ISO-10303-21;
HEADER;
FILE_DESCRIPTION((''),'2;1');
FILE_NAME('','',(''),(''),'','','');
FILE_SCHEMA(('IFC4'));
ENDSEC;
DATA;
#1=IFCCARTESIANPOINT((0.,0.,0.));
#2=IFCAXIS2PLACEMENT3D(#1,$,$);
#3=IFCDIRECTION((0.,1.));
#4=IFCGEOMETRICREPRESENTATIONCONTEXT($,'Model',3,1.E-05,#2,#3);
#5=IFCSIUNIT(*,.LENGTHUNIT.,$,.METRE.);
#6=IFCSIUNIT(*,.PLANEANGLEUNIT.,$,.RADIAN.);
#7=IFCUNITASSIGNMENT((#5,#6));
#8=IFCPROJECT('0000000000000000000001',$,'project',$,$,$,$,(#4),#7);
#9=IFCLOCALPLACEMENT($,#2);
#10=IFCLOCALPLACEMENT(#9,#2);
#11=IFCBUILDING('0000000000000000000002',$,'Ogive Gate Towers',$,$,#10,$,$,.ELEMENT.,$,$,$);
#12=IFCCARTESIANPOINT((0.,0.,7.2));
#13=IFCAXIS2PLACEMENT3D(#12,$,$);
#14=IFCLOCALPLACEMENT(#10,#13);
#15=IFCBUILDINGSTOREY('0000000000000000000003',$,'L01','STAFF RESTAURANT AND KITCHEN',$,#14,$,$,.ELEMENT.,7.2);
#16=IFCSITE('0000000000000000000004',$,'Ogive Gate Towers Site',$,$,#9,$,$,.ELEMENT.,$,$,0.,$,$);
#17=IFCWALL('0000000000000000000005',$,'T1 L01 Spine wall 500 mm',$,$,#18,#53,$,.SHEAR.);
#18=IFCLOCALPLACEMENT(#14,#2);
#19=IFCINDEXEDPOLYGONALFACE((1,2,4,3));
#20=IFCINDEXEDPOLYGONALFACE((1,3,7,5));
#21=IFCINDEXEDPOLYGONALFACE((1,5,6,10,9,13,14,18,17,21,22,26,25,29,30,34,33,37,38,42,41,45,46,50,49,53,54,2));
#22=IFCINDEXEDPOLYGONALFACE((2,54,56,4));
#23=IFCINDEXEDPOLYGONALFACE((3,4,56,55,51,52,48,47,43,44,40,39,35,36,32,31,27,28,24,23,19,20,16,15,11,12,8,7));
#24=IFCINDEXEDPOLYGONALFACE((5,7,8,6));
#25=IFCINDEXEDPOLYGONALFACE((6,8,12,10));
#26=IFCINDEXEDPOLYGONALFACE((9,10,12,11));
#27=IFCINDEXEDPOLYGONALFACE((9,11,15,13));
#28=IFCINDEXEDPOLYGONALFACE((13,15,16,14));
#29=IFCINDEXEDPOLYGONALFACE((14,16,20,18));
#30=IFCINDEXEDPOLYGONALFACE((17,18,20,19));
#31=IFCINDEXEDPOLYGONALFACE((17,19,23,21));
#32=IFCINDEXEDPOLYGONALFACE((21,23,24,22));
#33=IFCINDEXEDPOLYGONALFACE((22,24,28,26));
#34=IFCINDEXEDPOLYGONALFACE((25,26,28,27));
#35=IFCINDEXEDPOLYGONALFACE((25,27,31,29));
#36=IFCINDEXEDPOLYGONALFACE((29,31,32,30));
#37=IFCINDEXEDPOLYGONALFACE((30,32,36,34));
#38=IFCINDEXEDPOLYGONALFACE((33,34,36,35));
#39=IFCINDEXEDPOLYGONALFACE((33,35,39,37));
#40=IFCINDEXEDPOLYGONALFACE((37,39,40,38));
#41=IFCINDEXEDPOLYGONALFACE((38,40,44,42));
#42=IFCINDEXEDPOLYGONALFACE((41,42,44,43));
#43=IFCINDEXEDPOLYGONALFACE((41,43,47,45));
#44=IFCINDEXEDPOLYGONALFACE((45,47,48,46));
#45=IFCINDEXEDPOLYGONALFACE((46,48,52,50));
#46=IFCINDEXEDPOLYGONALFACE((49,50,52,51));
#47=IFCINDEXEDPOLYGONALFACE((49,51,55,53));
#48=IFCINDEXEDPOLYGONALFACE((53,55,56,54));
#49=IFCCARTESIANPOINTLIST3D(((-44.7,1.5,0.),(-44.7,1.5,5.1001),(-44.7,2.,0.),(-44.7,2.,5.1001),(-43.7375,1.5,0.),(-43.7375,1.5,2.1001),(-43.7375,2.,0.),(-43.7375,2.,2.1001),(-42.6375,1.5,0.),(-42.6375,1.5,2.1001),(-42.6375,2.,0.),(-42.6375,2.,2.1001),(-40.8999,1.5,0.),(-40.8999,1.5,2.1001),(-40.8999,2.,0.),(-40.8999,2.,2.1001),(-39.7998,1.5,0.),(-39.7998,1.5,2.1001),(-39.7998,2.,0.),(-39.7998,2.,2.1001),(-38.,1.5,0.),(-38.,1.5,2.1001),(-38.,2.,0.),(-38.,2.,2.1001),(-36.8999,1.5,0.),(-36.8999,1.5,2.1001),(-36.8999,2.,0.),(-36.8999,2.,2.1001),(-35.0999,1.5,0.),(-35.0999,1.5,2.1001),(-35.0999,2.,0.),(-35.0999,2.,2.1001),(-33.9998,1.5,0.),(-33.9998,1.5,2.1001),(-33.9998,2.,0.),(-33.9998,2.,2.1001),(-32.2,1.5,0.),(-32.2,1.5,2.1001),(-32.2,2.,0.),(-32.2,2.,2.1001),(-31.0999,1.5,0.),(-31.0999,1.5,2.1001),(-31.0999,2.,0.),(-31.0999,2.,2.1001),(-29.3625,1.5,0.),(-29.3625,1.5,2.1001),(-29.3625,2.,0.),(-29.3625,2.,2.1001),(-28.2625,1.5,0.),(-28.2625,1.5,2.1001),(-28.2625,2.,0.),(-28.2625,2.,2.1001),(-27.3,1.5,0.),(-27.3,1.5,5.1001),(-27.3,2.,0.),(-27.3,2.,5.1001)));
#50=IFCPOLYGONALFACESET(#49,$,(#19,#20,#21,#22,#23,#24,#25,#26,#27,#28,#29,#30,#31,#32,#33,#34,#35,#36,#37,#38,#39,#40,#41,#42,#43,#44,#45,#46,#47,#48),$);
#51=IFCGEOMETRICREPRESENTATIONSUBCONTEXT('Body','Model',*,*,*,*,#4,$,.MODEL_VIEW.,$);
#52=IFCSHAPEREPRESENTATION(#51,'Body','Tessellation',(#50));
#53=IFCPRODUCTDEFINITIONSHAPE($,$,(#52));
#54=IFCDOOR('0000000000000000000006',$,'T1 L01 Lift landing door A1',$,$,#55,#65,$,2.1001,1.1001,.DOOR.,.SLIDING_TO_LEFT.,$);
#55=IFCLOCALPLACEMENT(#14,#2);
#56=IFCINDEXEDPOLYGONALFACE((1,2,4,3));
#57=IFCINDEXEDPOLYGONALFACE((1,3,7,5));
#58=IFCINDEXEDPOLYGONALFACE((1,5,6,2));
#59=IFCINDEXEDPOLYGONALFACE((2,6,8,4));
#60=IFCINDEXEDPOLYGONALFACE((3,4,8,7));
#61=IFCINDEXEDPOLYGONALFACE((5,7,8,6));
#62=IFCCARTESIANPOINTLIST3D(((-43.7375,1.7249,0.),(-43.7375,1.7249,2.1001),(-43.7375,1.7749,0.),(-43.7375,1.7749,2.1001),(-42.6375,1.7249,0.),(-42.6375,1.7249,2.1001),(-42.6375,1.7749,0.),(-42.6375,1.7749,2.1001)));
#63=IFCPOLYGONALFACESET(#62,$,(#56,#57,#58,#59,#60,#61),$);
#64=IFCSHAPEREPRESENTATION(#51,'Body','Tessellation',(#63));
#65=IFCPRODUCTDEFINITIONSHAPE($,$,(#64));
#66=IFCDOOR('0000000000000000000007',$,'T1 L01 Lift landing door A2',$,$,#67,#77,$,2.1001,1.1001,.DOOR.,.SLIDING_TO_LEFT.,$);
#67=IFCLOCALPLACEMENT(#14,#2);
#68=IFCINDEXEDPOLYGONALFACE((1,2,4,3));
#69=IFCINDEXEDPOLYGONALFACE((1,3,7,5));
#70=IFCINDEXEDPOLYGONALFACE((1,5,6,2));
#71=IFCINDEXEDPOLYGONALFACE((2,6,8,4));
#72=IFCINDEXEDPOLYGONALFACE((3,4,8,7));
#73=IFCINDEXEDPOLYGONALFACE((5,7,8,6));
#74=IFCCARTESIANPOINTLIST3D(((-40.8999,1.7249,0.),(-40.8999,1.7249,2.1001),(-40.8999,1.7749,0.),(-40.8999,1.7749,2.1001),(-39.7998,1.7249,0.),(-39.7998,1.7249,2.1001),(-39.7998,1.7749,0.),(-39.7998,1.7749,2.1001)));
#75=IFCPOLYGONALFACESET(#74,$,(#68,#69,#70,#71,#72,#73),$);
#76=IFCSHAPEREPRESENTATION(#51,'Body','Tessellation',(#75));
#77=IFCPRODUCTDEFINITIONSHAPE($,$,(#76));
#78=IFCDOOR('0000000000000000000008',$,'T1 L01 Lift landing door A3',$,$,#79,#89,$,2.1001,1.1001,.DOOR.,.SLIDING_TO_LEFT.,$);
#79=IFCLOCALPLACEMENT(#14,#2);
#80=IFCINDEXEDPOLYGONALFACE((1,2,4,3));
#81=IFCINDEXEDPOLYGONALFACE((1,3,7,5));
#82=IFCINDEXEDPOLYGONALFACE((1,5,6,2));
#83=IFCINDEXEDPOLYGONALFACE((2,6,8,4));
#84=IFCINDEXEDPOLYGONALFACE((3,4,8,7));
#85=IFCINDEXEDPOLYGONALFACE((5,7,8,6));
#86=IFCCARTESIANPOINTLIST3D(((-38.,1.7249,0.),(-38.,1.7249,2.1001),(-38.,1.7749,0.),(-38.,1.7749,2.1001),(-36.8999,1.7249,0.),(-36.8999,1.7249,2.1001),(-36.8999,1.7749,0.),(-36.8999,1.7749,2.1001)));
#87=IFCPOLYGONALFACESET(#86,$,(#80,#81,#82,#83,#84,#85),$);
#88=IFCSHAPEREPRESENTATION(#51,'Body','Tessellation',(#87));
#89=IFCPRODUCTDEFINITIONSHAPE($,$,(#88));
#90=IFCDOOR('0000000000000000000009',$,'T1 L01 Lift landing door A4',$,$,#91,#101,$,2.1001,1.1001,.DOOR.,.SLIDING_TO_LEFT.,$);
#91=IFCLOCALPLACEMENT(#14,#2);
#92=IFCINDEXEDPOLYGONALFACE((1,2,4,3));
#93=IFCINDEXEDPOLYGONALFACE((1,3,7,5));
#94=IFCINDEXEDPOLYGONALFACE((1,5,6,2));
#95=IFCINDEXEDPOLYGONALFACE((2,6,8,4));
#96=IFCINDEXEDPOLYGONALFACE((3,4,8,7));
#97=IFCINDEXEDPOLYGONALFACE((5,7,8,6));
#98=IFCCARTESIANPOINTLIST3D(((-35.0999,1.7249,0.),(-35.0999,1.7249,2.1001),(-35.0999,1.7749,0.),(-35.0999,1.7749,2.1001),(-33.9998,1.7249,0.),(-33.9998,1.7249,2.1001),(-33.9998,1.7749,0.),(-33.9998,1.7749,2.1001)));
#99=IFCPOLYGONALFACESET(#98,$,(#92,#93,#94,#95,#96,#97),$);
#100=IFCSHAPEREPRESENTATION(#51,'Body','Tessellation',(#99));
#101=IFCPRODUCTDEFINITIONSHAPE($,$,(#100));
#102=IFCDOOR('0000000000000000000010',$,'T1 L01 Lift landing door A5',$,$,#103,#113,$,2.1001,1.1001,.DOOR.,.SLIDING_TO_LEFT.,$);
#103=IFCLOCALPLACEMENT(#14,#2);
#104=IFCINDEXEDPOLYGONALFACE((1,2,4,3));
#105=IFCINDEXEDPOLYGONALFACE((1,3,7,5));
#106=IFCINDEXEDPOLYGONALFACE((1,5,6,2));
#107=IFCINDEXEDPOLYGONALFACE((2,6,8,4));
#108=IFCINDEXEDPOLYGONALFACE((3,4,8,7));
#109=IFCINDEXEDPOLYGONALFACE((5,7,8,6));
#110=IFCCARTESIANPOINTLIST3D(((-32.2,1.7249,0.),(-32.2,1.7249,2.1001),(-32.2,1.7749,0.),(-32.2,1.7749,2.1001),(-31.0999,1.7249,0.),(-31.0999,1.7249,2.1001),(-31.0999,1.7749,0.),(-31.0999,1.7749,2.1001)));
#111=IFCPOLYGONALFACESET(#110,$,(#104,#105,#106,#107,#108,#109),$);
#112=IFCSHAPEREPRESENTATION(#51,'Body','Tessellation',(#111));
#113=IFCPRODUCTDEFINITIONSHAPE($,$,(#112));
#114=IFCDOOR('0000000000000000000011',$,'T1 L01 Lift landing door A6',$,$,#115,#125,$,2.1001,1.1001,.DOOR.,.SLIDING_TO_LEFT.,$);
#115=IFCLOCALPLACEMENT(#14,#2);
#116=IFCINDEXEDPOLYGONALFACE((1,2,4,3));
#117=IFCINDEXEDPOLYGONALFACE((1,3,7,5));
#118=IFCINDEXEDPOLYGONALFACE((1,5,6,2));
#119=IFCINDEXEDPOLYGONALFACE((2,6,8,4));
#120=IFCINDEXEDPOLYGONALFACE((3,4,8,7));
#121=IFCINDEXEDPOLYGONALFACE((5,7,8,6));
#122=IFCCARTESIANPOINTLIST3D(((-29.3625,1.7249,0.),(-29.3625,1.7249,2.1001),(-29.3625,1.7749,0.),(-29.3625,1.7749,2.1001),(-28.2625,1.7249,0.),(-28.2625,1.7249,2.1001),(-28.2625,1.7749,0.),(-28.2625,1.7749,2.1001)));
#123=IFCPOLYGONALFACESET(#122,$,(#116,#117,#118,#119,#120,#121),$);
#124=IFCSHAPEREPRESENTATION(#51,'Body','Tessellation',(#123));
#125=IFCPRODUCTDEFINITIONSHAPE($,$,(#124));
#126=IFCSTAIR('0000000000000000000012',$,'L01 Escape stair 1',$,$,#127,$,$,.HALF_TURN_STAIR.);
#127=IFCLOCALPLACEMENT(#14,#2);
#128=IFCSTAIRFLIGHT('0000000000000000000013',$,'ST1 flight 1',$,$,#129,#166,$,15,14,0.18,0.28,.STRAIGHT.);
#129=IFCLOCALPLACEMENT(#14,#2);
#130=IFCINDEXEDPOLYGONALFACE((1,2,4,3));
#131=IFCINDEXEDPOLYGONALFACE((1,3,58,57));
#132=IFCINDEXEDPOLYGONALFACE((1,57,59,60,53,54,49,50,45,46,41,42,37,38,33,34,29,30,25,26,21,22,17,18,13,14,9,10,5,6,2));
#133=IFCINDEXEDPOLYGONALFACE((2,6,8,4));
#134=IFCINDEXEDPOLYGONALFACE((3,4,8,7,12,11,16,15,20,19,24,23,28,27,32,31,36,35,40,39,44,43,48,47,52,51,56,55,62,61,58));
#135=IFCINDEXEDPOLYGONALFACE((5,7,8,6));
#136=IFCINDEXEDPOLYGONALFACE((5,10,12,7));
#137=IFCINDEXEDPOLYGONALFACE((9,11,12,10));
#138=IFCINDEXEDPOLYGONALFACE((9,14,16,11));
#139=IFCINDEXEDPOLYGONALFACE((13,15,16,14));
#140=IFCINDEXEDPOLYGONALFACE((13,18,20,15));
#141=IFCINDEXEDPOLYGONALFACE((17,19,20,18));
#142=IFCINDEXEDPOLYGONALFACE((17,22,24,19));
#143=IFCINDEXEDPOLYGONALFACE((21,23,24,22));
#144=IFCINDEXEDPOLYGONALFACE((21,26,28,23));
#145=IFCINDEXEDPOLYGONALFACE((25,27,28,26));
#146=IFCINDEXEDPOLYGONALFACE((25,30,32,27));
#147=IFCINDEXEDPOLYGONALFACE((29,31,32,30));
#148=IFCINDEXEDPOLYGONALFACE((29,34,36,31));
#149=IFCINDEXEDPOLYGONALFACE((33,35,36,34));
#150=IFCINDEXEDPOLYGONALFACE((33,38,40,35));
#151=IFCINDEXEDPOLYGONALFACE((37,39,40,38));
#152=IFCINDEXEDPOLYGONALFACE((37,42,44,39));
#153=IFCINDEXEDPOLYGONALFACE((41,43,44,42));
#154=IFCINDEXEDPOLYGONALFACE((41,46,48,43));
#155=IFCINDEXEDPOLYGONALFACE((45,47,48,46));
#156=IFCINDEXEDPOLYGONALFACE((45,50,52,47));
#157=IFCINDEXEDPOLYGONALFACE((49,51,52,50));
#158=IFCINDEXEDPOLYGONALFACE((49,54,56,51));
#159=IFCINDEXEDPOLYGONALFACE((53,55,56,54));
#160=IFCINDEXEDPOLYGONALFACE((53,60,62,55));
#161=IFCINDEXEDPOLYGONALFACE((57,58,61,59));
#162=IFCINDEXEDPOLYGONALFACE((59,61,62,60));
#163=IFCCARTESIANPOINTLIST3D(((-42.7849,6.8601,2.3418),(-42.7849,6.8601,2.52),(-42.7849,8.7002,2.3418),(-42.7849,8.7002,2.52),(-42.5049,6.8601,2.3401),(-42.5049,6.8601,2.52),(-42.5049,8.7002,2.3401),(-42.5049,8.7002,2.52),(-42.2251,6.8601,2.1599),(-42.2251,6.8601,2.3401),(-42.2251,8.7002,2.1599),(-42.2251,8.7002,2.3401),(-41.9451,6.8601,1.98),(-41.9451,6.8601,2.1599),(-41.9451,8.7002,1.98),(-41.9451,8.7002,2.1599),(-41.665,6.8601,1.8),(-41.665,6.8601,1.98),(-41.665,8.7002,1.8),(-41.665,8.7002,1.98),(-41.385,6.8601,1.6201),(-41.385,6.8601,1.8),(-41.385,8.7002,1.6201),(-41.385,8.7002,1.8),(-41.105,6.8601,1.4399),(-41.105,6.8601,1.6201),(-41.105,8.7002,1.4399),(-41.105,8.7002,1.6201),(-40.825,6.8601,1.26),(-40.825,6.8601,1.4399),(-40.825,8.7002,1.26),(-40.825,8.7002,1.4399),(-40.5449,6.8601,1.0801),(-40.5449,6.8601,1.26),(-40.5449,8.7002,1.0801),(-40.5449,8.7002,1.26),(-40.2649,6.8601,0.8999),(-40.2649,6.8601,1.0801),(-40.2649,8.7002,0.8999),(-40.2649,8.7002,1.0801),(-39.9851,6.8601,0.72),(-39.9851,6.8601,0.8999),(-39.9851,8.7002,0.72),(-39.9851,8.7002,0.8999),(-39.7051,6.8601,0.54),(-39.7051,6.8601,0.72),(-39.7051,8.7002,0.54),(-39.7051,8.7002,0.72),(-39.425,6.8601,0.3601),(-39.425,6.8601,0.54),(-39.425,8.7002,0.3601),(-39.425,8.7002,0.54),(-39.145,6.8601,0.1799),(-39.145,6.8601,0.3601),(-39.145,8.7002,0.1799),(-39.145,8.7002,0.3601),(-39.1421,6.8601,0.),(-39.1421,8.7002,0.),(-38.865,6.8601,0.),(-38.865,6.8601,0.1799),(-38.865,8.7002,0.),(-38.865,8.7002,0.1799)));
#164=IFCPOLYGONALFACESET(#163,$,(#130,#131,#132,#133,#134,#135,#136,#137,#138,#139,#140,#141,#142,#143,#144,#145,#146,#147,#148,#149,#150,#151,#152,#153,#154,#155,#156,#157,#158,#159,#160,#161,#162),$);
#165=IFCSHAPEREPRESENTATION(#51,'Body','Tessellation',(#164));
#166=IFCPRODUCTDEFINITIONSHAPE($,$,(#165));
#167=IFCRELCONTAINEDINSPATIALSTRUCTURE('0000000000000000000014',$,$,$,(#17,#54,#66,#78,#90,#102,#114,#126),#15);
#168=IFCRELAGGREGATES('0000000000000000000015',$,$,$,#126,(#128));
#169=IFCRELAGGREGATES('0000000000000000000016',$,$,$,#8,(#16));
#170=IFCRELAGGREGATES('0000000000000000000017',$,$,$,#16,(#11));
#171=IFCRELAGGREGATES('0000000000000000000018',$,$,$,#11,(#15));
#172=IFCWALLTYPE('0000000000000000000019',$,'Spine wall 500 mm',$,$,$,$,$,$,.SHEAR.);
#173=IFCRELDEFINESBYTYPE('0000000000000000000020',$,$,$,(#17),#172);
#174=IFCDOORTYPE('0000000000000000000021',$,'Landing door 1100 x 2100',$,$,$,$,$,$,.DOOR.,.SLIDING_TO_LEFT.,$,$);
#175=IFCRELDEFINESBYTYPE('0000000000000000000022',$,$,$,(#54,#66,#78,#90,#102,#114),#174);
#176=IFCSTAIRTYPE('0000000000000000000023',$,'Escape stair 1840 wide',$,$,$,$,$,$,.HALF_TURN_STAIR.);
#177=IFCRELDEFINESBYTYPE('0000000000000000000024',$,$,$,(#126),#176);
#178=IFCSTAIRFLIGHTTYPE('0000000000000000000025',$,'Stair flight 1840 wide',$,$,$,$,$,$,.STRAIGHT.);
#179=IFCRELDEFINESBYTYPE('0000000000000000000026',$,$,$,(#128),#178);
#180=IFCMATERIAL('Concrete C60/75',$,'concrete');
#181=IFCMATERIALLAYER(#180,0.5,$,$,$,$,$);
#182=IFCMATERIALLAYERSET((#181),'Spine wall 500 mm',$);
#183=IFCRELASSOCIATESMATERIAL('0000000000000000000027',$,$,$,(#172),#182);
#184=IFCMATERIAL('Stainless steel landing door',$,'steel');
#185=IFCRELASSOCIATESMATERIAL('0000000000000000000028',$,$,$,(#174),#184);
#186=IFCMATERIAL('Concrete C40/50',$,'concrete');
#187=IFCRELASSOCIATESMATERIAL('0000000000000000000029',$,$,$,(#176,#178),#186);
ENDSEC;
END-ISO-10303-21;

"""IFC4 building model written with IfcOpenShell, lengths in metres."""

from ifc_helpers import new_model, si_unit, direction, frame, frame_2d, origin, place, context, subcontext, project, spatial, polyline, rectangle, outline, extrude, material, layer, layer_set, type_object, element, fill, aggregate, save


model = new_model("IFC4")

# Units and contexts
model_context = context("Model", 3, precision=1e-05, world=origin(), true_north=direction((0.0, 1.0)))
body_context = subcontext(model_context, "Body", "Model", "MODEL_VIEW")
ifc_project = project(units=[si_unit("LENGTHUNIT", "METRE"), si_unit("PLANEANGLEUNIT", "RADIAN")], contexts=[model_context])

# Site, building, storey
site_placement = place(None, origin())
site = spatial("IfcSite", under=ifc_project, at=site_placement, Name="Ogive Gate Towers Site", CompositionType="ELEMENT", RefElevation=0.0)
building_placement = place(site_placement, origin())
building = spatial("IfcBuilding", under=site, at=building_placement, Name="Ogive Gate Towers", CompositionType="ELEMENT")
storey_placement = place(building_placement, frame((0.0, 0.0, 7.2)))
storey = spatial("IfcBuildingStorey", under=building, at=storey_placement, Name="L01", Description="STAFF RESTAURANT AND KITCHEN", CompositionType="ELEMENT", Elevation=7.2)

# Shared definitions
ifc_material_1 = material(Name="Concrete C40/50", Category="concrete")

# Shared definitions
ifc_material_2 = material(Name="Concrete C60/75", Category="concrete")

# Wall, openings, doors
ifc_layer_1 = layer(ifc_material_2, 0.5)
ifc_layer_set_1 = layer_set([ifc_layer_1], Name="Spine wall 500 mm")
wall_type_1 = type_object("IfcWallType", Name="Spine wall 500 mm", PredefinedType="SHEAR", material=ifc_layer_set_1)
wall_1_placement = place(storey_placement, frame((-44.7, 1.75, 0.0), z_axis=(0.0, 0.0, 1.0), x_axis=(1.0, 0.0, 0.0)))
wall_1 = element("IfcWall", 1, at=wall_1_placement, inside=storey, type_object=wall_type_1, Name="T1 L01 Spine wall 500 mm", PredefinedType="SHEAR", context=body_context, shape_type="SweptSolid", body=[
    extrude(rectangle(XDim=17.3999, YDim=0.5, at=frame_2d((8.7, 0.0))), origin(), (0.0, 0.0, 1.0), 5.1001),
])
opening_1_placement = place(wall_1_placement, frame((0.9624, 0.0, 0.0)))
opening_1 = element("IfcOpeningElement", 2, at=opening_1_placement, cuts=wall_1, PredefinedType="OPENING", context=body_context, shape_type="SweptSolid", body=[
    extrude(rectangle(XDim=1.1001, YDim=2.1001, at=frame_2d((0.55, 1.05))), frame((0.0, 0.26, 0.0), z_axis=(0.0, -1.0, 0.0), x_axis=(1.0, 0.0, 0.0)), (0.0, 0.0, 1.0), 0.52),
])
opening_2_placement = place(wall_1_placement, frame((3.8, 0.0, 0.0)))
opening_2 = element("IfcOpeningElement", 3, at=opening_2_placement, cuts=wall_1, PredefinedType="OPENING", context=body_context, shape_type="SweptSolid", body=[
    extrude(rectangle(XDim=1.1001, YDim=2.1001, at=frame_2d((0.55, 1.05))), frame((0.0, 0.26, 0.0), z_axis=(0.0, -1.0, 0.0), x_axis=(1.0, 0.0, 0.0)), (0.0, 0.0, 1.0), 0.52),
])
opening_3_placement = place(wall_1_placement, frame((6.7, 0.0, 0.0)))
opening_3 = element("IfcOpeningElement", 4, at=opening_3_placement, cuts=wall_1, PredefinedType="OPENING", context=body_context, shape_type="SweptSolid", body=[
    extrude(rectangle(XDim=1.1001, YDim=2.1001, at=frame_2d((0.55, 1.05))), frame((0.0, 0.26, 0.0), z_axis=(0.0, -1.0, 0.0), x_axis=(1.0, 0.0, 0.0)), (0.0, 0.0, 1.0), 0.52),
])
opening_4_placement = place(wall_1_placement, frame((9.6001, 0.0, 0.0)))
opening_4 = element("IfcOpeningElement", 5, at=opening_4_placement, cuts=wall_1, PredefinedType="OPENING", context=body_context, shape_type="SweptSolid", body=[
    extrude(rectangle(XDim=1.1001, YDim=2.1001, at=frame_2d((0.55, 1.05))), frame((0.0, 0.26, 0.0), z_axis=(0.0, -1.0, 0.0), x_axis=(1.0, 0.0, 0.0)), (0.0, 0.0, 1.0), 0.52),
])
opening_5_placement = place(wall_1_placement, frame((12.5, 0.0, 0.0)))
opening_5 = element("IfcOpeningElement", 6, at=opening_5_placement, cuts=wall_1, PredefinedType="OPENING", context=body_context, shape_type="SweptSolid", body=[
    extrude(rectangle(XDim=1.1001, YDim=2.1001, at=frame_2d((0.55, 1.05))), frame((0.0, 0.26, 0.0), z_axis=(0.0, -1.0, 0.0), x_axis=(1.0, 0.0, 0.0)), (0.0, 0.0, 1.0), 0.52),
])
opening_6_placement = place(wall_1_placement, frame((15.3374, 0.0, 0.0)))
opening_6 = element("IfcOpeningElement", 7, at=opening_6_placement, cuts=wall_1, PredefinedType="OPENING", context=body_context, shape_type="SweptSolid", body=[
    extrude(rectangle(XDim=1.1001, YDim=2.1001, at=frame_2d((0.55, 1.05))), frame((0.0, 0.26, 0.0), z_axis=(0.0, -1.0, 0.0), x_axis=(1.0, 0.0, 0.0)), (0.0, 0.0, 1.0), 0.52),
])
ifc_material_3 = material(Name="Stainless steel landing door", Category="steel")
door_type_1 = type_object("IfcDoorType", Name="Landing door 1100 x 2100", OperationType="SLIDING_TO_LEFT", PredefinedType="DOOR", material=ifc_material_3)
door_1_placement = place(opening_1_placement, origin())
door_1 = element("IfcDoor", 8, at=door_1_placement, inside=storey, type_object=door_type_1, Name="T1 L01 Lift landing door A1", OperationType="SLIDING_TO_LEFT", OverallHeight=2.1001, OverallWidth=1.1001, PredefinedType="DOOR", context=body_context, shape_type="SweptSolid", body=[
    extrude(rectangle(XDim=1.1001, YDim=2.1001, at=frame_2d((0.55, 1.05))), frame((0.0, 0.0249, 0.0), z_axis=(0.0, -1.0, 0.0), x_axis=(1.0, 0.0, 0.0)), (0.0, 0.0, 1.0), 0.05),
])
fill(opening_1, door_1)
door_2_placement = place(opening_2_placement, origin())
door_2 = element("IfcDoor", 9, at=door_2_placement, inside=storey, type_object=door_type_1, Name="T1 L01 Lift landing door A2", OperationType="SLIDING_TO_LEFT", OverallHeight=2.1001, OverallWidth=1.1001, PredefinedType="DOOR", context=body_context, shape_type="SweptSolid", body=[
    extrude(rectangle(XDim=1.1001, YDim=2.1001, at=frame_2d((0.55, 1.05))), frame((0.0, 0.0249, 0.0), z_axis=(0.0, -1.0, 0.0), x_axis=(1.0, 0.0, 0.0)), (0.0, 0.0, 1.0), 0.05),
])
fill(opening_2, door_2)
door_3_placement = place(opening_3_placement, origin())
door_3 = element("IfcDoor", 10, at=door_3_placement, inside=storey, type_object=door_type_1, Name="T1 L01 Lift landing door A3", OperationType="SLIDING_TO_LEFT", OverallHeight=2.1001, OverallWidth=1.1001, PredefinedType="DOOR", context=body_context, shape_type="SweptSolid", body=[
    extrude(rectangle(XDim=1.1001, YDim=2.1001, at=frame_2d((0.55, 1.05))), frame((0.0, 0.0249, 0.0), z_axis=(0.0, -1.0, 0.0), x_axis=(1.0, 0.0, 0.0)), (0.0, 0.0, 1.0), 0.05),
])
fill(opening_3, door_3)
door_4_placement = place(opening_4_placement, origin())
door_4 = element("IfcDoor", 11, at=door_4_placement, inside=storey, type_object=door_type_1, Name="T1 L01 Lift landing door A4", OperationType="SLIDING_TO_LEFT", OverallHeight=2.1001, OverallWidth=1.1001, PredefinedType="DOOR", context=body_context, shape_type="SweptSolid", body=[
    extrude(rectangle(XDim=1.1001, YDim=2.1001, at=frame_2d((0.55, 1.05))), frame((0.0, 0.0249, 0.0), z_axis=(0.0, -1.0, 0.0), x_axis=(1.0, 0.0, 0.0)), (0.0, 0.0, 1.0), 0.05),
])
fill(opening_4, door_4)
door_5_placement = place(opening_5_placement, origin())
door_5 = element("IfcDoor", 12, at=door_5_placement, inside=storey, type_object=door_type_1, Name="T1 L01 Lift landing door A5", OperationType="SLIDING_TO_LEFT", OverallHeight=2.1001, OverallWidth=1.1001, PredefinedType="DOOR", context=body_context, shape_type="SweptSolid", body=[
    extrude(rectangle(XDim=1.1001, YDim=2.1001, at=frame_2d((0.55, 1.05))), frame((0.0, 0.0249, 0.0), z_axis=(0.0, -1.0, 0.0), x_axis=(1.0, 0.0, 0.0)), (0.0, 0.0, 1.0), 0.05),
])
fill(opening_5, door_5)
door_6_placement = place(opening_6_placement, origin())
door_6 = element("IfcDoor", 13, at=door_6_placement, inside=storey, type_object=door_type_1, Name="T1 L01 Lift landing door A6", OperationType="SLIDING_TO_LEFT", OverallHeight=2.1001, OverallWidth=1.1001, PredefinedType="DOOR", context=body_context, shape_type="SweptSolid", body=[
    extrude(rectangle(XDim=1.1001, YDim=2.1001, at=frame_2d((0.55, 1.05))), frame((0.0, 0.0249, 0.0), z_axis=(0.0, -1.0, 0.0), x_axis=(1.0, 0.0, 0.0)), (0.0, 0.0, 1.0), 0.05),
])
fill(opening_6, door_6)

# Stair, stair flight
stair_type = type_object("IfcStairType", Name="Escape stair 1840 wide", PredefinedType="HALF_TURN_STAIR", material=ifc_material_1)
stair_placement = place(storey_placement, origin())
stair = element("IfcStair", 14, at=stair_placement, inside=storey, type_object=stair_type, Name="L01 Escape stair 1", PredefinedType="HALF_TURN_STAIR")
stair_flight_type = type_object("IfcStairFlightType", Name="Stair flight 1840 wide", PredefinedType="STRAIGHT", material=ifc_material_1)
stair_flight_1_placement = place(storey_placement, frame((-38.865, 7.78, 0.0), z_axis=(0.0, 0.0, 1.0), x_axis=(-1.0, 0.0, 0.0)))
stair_flight_1 = element("IfcStairFlight", 15, at=stair_flight_1_placement, type_object=stair_flight_type, Name="ST1 flight 1", NumberOfRisers=15, NumberOfTreads=14, PredefinedType="STRAIGHT", RiserHeight=0.18, TreadLength=0.28, context=body_context, shape_type="SweptSolid", body=[
    extrude(outline(polyline([(0.0, 0.0), (0.0, 0.1799), (0.28, 0.1799), (0.28, 0.3601), (0.5601, 0.3601), (0.5601, 0.54), (0.8401, 0.54), (0.8401, 0.72), (1.1201, 0.72), (1.1201, 0.8999), (1.3999, 0.8999), (1.3999, 1.0801), (1.6799, 1.0801), (1.6799, 1.26), (1.96, 1.26), (1.96, 1.4399), (2.24, 1.4399), (2.24, 1.6201), (2.52, 1.6201), (2.52, 1.8), (2.8, 1.8), (2.8, 1.98), (3.0801, 1.98), (3.0801, 2.1599), (3.3601, 2.1599), (3.3601, 2.3401), (3.6399, 2.3401), (3.6399, 2.52), (3.9199, 2.52), (3.9199, 2.7), (3.9199, 2.3418), (0.2771, 0.0), (0.0, 0.0)])), frame((0.0, 0.9199, 0.0), z_axis=(0.0, -1.0, 0.0), x_axis=(1.0, 0.0, 0.0)), (0.0, 0.0, 1.0), 1.8401),
])
aggregate(stair, [stair_flight_1])

save(model, "model.ifc")
